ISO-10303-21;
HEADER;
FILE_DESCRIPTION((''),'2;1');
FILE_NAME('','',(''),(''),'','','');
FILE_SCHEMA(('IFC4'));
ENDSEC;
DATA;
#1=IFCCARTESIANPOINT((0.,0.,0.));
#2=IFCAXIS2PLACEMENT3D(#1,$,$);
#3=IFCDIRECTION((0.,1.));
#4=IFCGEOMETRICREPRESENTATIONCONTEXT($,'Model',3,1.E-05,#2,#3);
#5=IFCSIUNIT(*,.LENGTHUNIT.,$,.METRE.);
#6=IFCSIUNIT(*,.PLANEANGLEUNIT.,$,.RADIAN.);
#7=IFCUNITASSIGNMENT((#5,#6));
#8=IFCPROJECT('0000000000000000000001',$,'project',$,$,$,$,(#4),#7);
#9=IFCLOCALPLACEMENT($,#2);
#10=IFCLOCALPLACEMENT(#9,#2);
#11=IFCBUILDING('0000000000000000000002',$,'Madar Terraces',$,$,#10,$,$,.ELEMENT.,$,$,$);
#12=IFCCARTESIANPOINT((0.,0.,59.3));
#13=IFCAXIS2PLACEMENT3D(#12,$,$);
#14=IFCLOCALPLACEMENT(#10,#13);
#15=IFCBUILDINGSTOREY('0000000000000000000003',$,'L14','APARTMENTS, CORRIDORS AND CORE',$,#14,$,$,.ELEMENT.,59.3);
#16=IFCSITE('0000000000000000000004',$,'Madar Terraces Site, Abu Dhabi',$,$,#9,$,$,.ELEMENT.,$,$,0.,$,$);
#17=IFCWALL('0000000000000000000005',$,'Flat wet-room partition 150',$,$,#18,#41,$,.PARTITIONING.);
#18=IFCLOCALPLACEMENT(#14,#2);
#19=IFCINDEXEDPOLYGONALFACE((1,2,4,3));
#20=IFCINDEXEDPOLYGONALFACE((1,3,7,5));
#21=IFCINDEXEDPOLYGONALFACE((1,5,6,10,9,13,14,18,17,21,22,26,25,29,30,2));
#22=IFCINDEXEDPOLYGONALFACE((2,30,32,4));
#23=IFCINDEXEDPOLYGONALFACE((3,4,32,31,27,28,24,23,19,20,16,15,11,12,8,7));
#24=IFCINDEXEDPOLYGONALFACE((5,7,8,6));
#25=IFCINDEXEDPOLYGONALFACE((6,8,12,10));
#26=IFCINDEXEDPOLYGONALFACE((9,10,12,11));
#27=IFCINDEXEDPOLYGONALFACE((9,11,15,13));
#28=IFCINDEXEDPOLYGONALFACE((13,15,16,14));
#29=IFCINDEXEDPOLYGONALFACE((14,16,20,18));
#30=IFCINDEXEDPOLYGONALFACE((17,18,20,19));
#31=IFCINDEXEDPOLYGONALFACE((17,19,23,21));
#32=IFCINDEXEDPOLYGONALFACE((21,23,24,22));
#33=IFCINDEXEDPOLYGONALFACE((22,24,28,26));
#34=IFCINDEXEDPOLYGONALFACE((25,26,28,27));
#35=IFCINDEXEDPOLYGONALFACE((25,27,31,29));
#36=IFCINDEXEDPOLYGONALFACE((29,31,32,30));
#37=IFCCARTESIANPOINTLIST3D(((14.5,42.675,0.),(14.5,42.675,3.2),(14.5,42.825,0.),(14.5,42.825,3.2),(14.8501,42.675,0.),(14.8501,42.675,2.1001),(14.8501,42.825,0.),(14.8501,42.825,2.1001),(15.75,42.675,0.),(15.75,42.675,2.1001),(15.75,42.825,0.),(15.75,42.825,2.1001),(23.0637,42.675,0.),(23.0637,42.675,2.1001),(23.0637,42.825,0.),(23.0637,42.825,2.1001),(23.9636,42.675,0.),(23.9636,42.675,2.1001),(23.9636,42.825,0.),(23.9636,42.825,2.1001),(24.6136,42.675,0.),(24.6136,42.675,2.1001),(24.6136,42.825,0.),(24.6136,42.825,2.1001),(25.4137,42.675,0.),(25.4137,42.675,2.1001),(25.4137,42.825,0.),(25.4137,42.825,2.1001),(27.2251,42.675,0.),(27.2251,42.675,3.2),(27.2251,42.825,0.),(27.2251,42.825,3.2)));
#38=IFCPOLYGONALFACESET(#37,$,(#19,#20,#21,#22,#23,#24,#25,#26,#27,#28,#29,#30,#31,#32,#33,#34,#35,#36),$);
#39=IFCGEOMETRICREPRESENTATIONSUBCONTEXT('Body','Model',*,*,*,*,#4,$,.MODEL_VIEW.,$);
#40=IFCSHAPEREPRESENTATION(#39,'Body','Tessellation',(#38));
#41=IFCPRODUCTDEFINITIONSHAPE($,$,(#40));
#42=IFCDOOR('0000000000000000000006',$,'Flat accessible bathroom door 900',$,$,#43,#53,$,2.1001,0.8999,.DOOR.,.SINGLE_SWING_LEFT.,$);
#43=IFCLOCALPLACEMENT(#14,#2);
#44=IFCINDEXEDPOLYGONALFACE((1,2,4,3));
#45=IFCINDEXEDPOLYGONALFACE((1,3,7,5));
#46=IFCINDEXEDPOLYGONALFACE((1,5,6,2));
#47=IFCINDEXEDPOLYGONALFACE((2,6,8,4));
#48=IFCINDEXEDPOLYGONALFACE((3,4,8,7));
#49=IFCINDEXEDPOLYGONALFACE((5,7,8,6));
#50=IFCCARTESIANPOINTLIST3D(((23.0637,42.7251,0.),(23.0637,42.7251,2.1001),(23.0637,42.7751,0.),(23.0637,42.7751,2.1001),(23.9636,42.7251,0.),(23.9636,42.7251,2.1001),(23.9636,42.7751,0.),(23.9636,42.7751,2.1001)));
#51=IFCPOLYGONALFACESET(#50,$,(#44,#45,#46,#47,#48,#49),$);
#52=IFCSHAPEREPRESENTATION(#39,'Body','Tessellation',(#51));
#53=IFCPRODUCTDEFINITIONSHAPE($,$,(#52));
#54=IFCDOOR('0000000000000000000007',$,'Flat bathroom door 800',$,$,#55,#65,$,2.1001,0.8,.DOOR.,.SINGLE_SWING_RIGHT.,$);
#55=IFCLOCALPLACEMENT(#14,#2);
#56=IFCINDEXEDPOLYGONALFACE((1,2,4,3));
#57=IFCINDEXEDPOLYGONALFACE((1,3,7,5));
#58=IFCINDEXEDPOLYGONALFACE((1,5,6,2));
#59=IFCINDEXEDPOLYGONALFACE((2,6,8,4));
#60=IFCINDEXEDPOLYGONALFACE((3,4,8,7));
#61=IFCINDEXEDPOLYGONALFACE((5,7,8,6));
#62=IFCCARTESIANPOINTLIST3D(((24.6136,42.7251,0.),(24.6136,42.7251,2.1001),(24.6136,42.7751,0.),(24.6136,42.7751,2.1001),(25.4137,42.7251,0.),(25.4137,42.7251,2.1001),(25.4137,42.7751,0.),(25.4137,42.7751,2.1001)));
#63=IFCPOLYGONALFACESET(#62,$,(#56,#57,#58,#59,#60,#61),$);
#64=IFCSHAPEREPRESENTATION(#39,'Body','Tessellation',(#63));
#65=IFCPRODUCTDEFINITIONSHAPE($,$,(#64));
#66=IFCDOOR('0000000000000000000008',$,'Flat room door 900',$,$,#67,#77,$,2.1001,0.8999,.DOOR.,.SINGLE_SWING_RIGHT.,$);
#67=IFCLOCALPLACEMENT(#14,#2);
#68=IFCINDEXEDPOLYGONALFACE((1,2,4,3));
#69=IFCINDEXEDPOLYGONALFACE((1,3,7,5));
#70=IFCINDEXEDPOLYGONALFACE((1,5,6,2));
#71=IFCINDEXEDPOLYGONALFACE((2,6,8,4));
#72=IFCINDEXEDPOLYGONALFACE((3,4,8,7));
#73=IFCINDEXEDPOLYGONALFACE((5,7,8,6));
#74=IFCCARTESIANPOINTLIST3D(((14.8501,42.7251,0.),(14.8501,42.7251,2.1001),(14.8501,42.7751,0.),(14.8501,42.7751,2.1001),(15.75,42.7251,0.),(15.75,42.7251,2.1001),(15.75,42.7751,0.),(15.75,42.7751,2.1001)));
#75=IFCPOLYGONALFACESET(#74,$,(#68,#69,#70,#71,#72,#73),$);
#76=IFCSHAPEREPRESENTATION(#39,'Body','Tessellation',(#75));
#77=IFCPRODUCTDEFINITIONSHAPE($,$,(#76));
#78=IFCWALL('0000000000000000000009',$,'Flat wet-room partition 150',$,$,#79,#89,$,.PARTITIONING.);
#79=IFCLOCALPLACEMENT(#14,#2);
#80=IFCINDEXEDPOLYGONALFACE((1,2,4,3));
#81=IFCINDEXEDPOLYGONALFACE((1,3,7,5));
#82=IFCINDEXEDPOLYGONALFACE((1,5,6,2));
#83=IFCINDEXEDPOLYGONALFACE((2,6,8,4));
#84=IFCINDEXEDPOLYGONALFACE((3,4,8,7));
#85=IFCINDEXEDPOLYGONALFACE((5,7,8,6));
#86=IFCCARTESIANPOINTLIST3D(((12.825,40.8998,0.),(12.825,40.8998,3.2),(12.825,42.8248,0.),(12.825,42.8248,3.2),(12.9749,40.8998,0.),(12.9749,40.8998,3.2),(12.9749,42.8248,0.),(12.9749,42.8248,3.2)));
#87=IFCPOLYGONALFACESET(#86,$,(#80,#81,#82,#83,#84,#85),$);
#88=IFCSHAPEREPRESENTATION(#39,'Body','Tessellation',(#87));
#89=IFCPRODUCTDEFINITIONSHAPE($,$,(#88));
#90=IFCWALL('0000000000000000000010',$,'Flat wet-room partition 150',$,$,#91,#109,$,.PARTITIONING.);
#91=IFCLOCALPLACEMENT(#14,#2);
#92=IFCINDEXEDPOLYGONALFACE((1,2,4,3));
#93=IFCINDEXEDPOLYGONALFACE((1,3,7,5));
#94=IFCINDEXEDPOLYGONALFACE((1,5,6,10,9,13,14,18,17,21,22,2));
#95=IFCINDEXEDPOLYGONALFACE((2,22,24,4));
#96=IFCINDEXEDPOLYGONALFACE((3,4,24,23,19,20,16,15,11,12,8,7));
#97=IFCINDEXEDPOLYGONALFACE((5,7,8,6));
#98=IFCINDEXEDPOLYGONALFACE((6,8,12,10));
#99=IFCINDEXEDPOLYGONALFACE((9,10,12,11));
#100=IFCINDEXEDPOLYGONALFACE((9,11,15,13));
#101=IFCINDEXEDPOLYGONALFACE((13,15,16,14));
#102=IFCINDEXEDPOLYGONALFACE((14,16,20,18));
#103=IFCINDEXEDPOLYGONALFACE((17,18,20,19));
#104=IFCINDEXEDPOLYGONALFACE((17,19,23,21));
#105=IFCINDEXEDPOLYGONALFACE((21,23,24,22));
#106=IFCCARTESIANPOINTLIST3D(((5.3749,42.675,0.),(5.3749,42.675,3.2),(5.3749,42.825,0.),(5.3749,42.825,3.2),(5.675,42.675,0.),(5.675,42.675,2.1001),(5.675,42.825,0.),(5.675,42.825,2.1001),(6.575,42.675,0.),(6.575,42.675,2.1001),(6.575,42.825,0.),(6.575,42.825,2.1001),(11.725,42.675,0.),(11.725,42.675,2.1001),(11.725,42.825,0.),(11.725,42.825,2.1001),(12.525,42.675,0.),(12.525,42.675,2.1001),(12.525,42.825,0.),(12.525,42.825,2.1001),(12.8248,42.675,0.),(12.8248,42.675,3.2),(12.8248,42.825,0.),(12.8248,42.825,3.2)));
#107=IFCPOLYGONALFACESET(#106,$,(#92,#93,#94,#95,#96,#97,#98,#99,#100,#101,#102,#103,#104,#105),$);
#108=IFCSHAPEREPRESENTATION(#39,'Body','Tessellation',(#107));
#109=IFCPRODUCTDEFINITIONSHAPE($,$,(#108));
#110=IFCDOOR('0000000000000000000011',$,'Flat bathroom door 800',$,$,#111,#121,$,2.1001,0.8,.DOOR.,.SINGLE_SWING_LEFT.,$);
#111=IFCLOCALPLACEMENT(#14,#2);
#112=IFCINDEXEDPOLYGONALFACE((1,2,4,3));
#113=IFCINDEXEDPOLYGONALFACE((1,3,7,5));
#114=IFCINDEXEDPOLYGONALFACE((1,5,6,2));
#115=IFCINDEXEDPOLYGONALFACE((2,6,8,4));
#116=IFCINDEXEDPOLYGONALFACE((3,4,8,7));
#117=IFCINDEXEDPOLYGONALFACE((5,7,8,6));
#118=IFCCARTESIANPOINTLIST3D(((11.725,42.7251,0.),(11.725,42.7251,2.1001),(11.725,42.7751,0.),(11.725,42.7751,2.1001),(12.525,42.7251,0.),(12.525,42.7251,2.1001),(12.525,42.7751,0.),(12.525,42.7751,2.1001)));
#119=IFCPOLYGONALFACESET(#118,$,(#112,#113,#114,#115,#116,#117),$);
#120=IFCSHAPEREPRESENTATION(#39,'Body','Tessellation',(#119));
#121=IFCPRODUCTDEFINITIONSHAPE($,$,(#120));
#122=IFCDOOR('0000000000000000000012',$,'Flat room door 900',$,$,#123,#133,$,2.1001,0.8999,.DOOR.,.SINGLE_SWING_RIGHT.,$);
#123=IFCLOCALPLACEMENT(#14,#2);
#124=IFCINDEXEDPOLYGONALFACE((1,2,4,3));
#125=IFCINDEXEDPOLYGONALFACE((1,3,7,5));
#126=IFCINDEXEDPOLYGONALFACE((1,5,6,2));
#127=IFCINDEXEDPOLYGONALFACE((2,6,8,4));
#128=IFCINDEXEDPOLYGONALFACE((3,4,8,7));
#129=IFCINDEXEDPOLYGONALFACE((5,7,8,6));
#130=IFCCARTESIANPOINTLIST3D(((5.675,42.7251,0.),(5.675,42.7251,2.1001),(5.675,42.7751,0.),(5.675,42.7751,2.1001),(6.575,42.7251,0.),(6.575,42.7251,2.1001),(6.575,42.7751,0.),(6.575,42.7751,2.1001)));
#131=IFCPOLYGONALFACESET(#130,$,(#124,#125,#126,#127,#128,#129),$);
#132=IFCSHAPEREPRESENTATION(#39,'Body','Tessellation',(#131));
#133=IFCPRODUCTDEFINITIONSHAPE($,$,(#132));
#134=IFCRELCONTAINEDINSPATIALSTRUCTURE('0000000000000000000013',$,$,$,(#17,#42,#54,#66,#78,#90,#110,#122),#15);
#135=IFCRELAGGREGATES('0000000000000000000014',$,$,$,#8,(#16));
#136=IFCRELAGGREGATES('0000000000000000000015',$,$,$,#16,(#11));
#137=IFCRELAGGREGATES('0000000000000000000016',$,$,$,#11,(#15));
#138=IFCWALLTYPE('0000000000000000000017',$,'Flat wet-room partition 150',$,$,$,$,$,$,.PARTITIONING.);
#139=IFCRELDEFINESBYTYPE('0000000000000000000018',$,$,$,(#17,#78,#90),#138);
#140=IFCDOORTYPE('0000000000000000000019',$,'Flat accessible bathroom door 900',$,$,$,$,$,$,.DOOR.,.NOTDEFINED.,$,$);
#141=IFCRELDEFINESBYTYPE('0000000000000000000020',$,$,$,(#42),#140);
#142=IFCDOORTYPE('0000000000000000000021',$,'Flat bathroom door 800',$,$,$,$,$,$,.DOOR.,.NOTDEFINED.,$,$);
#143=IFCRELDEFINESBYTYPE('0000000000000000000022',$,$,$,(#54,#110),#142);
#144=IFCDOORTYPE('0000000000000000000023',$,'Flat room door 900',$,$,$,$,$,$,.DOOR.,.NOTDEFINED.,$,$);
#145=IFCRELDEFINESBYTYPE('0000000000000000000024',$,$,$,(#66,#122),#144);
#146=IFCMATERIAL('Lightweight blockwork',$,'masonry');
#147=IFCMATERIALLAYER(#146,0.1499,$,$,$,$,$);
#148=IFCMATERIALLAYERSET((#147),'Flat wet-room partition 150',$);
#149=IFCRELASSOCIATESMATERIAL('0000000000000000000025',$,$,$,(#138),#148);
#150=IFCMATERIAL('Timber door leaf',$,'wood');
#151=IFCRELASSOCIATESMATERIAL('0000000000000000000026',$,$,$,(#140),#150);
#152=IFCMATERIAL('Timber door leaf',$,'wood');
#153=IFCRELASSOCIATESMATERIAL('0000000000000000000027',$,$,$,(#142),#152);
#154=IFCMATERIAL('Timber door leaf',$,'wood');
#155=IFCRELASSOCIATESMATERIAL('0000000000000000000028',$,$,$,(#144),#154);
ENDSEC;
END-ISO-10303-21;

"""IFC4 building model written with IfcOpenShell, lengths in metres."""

from ifc_helpers import new_model, si_unit, direction, frame, frame_2d, origin, place, context, subcontext, project, spatial, rectangle, extrude, material, layer, layer_set, type_object, element, fill, save


model = new_model("IFC4")

# Units and contexts
model_context = context("Model", 3, precision=1e-05, world=origin(), true_north=direction((0.0, 1.0)))
body_context = subcontext(model_context, "Body", "Model", "MODEL_VIEW")
ifc_project = project(units=[si_unit("LENGTHUNIT", "METRE"), si_unit("PLANEANGLEUNIT", "RADIAN")], contexts=[model_context])

# Site, building, storey
site_placement = place(None, origin())
site = spatial("IfcSite", under=ifc_project, at=site_placement, Name="Madar Terraces Site, Abu Dhabi", CompositionType="ELEMENT", RefElevation=0.0)
building_placement = place(site_placement, origin())
building = spatial("IfcBuilding", under=site, at=building_placement, Name="Madar Terraces", CompositionType="ELEMENT")
storey_placement = place(building_placement, frame((0.0, 0.0, 59.3)))
storey = spatial("IfcBuildingStorey", under=building, at=storey_placement, Name="L14", Description="APARTMENTS, CORRIDORS AND CORE", CompositionType="ELEMENT", Elevation=59.3)

# Shared definitions
ifc_material_1 = material(Name="Lightweight blockwork", Category="masonry")
ifc_layer_1 = layer(ifc_material_1, 0.1499)
ifc_layer_set_1 = layer_set([ifc_layer_1], Name="Flat wet-room partition 150")
wall_type_1 = type_object("IfcWallType", Name="Flat wet-room partition 150", PredefinedType="PARTITIONING", material=ifc_layer_set_1)

# Wall, openings, doors
wall_1_placement = place(storey_placement, frame((27.2251, 42.75, 0.0), z_axis=(0.0, 0.0, 1.0), x_axis=(-1.0, 0.0, 0.0)))
wall_1 = element("IfcWall", 1, at=wall_1_placement, inside=storey, type_object=wall_type_1, Name="Flat wet-room partition 150", PredefinedType="PARTITIONING", context=body_context, shape_type="SweptSolid", body=[
    extrude(rectangle(XDim=12.7251, YDim=0.1499, at=frame_2d((6.3625, 0.0))), origin(), (0.0, 0.0, 1.0), 3.2),
])
opening_1_placement = place(wall_1_placement, frame((1.8115, 0.0, 0.0)))
opening_1 = element("IfcOpeningElement", 2, at=opening_1_placement, cuts=wall_1, PredefinedType="OPENING", context=body_context, shape_type="SweptSolid", body=[
    extrude(rectangle(XDim=0.8, YDim=2.1001, at=frame_2d((0.3999, 1.05))), frame((0.0, 0.085, 0.0), z_axis=(0.0, -1.0, 0.0), x_axis=(1.0, 0.0, 0.0)), (0.0, 0.0, 1.0), 0.1699),
])
opening_2_placement = place(wall_1_placement, frame((3.2615, 0.0, 0.0)))
opening_2 = element("IfcOpeningElement", 3, at=opening_2_placement, cuts=wall_1, PredefinedType="OPENING", context=body_context, shape_type="SweptSolid", body=[
    extrude(rectangle(XDim=0.8999, YDim=2.1001, at=frame_2d((0.45, 1.05))), frame((0.0, 0.085, 0.0), z_axis=(0.0, -1.0, 0.0), x_axis=(1.0, 0.0, 0.0)), (0.0, 0.0, 1.0), 0.1699),
])
opening_3_placement = place(wall_1_placement, frame((11.4751, 0.0, 0.0)))
opening_3 = element("IfcOpeningElement", 4, at=opening_3_placement, cuts=wall_1, PredefinedType="OPENING", context=body_context, shape_type="SweptSolid", body=[
    extrude(rectangle(XDim=0.8999, YDim=2.1001, at=frame_2d((0.45, 1.05))), frame((0.0, 0.085, 0.0), z_axis=(0.0, -1.0, 0.0), x_axis=(1.0, 0.0, 0.0)), (0.0, 0.0, 1.0), 0.1699),
])
ifc_material_2 = material(Name="Timber door leaf", Category="wood")
door_type_1 = type_object("IfcDoorType", Name="Flat accessible bathroom door 900", OperationType="NOTDEFINED", PredefinedType="DOOR", material=ifc_material_2)
door_1_placement = place(opening_2_placement, origin())
door_1 = element("IfcDoor", 5, at=door_1_placement, inside=storey, type_object=door_type_1, Name="Flat accessible bathroom door 900", OperationType="SINGLE_SWING_LEFT", OverallHeight=2.1001, OverallWidth=0.8999, PredefinedType="DOOR", context=body_context, shape_type="SweptSolid", body=[
    extrude(rectangle(XDim=0.8999, YDim=2.1001, at=frame_2d((0.45, 1.05))), frame((0.0, 0.0249, 0.0), z_axis=(0.0, -1.0, 0.0), x_axis=(1.0, 0.0, 0.0)), (0.0, 0.0, 1.0), 0.05),
])
fill(opening_2, door_1)
ifc_material_3 = material(Name="Timber door leaf", Category="wood")
door_type_2 = type_object("IfcDoorType", Name="Flat bathroom door 800", OperationType="NOTDEFINED", PredefinedType="DOOR", material=ifc_material_3)
door_2_placement = place(opening_1_placement, origin())
door_2 = element("IfcDoor", 6, at=door_2_placement, inside=storey, type_object=door_type_2, Name="Flat bathroom door 800", OperationType="SINGLE_SWING_RIGHT", OverallHeight=2.1001, OverallWidth=0.8, PredefinedType="DOOR", context=body_context, shape_type="SweptSolid", body=[
    extrude(rectangle(XDim=0.8, YDim=2.1001, at=frame_2d((0.3999, 1.05))), frame((0.0, 0.0249, 0.0), z_axis=(0.0, -1.0, 0.0), x_axis=(1.0, 0.0, 0.0)), (0.0, 0.0, 1.0), 0.05),
])
fill(opening_1, door_2)
ifc_material_4 = material(Name="Timber door leaf", Category="wood")
door_type_3 = type_object("IfcDoorType", Name="Flat room door 900", OperationType="NOTDEFINED", PredefinedType="DOOR", material=ifc_material_4)
door_3_placement = place(opening_3_placement, origin())
door_3 = element("IfcDoor", 7, at=door_3_placement, inside=storey, type_object=door_type_3, Name="Flat room door 900", OperationType="SINGLE_SWING_RIGHT", OverallHeight=2.1001, OverallWidth=0.8999, PredefinedType="DOOR", context=body_context, shape_type="SweptSolid", body=[
    extrude(rectangle(XDim=0.8999, YDim=2.1001, at=frame_2d((0.45, 1.05))), frame((0.0, 0.0249, 0.0), z_axis=(0.0, -1.0, 0.0), x_axis=(1.0, 0.0, 0.0)), (0.0, 0.0, 1.0), 0.05),
])
fill(opening_3, door_3)

# Wall
wall_2_placement = place(storey_placement, frame((12.8999, 40.8999, 0.0), z_axis=(0.0, 0.0, 1.0), x_axis=(0.0, 1.0, 0.0)))
element("IfcWall", 8, at=wall_2_placement, inside=storey, type_object=wall_type_1, Name="Flat wet-room partition 150", PredefinedType="PARTITIONING", context=body_context, shape_type="SweptSolid", body=[
    extrude(rectangle(XDim=1.925, YDim=0.1499, at=frame_2d((0.9624, 0.0))), origin(), (0.0, 0.0, 1.0), 3.2),
])

# Wall, openings, doors
wall_3_placement = place(storey_placement, frame((12.825, 42.75, 0.0), z_axis=(0.0, 0.0, 1.0), x_axis=(-1.0, 0.0, 0.0)))
wall_3 = element("IfcWall", 9, at=wall_3_placement, inside=storey, type_object=wall_type_1, Name="Flat wet-room partition 150", PredefinedType="PARTITIONING", context=body_context, shape_type="SweptSolid", body=[
    extrude(rectangle(XDim=7.45, YDim=0.1499, at=frame_2d((3.7251, 0.0))), origin(), (0.0, 0.0, 1.0), 3.2),
])
opening_4_placement = place(wall_3_placement, frame((0.3, 0.0, 0.0)))
opening_4 = element("IfcOpeningElement", 10, at=opening_4_placement, cuts=wall_3, PredefinedType="OPENING", context=body_context, shape_type="SweptSolid", body=[
    extrude(rectangle(XDim=0.8, YDim=2.1001, at=frame_2d((0.3999, 1.05))), frame((0.0, 0.085, 0.0), z_axis=(0.0, -1.0, 0.0), x_axis=(1.0, 0.0, 0.0)), (0.0, 0.0, 1.0), 0.1699),
])
opening_5_placement = place(wall_3_placement, frame((6.25, 0.0, 0.0)))
opening_5 = element("IfcOpeningElement", 11, at=opening_5_placement, cuts=wall_3, PredefinedType="OPENING", context=body_context, shape_type="SweptSolid", body=[
    extrude(rectangle(XDim=0.8999, YDim=2.1001, at=frame_2d((0.45, 1.05))), frame((0.0, 0.085, 0.0), z_axis=(0.0, -1.0, 0.0), x_axis=(1.0, 0.0, 0.0)), (0.0, 0.0, 1.0), 0.1699),
])
door_4_placement = place(opening_4_placement, origin())
door_4 = element("IfcDoor", 12, at=door_4_placement, inside=storey, type_object=door_type_2, Name="Flat bathroom door 800", OperationType="SINGLE_SWING_LEFT", OverallHeight=2.1001, OverallWidth=0.8, PredefinedType="DOOR", context=body_context, shape_type="SweptSolid", body=[
    extrude(rectangle(XDim=0.8, YDim=2.1001, at=frame_2d((0.3999, 1.05))), frame((0.0, 0.0249, 0.0), z_axis=(0.0, -1.0, 0.0), x_axis=(1.0, 0.0, 0.0)), (0.0, 0.0, 1.0), 0.05),
])
fill(opening_4, door_4)
door_5_placement = place(opening_5_placement, origin())
door_5 = element("IfcDoor", 13, at=door_5_placement, inside=storey, type_object=door_type_3, Name="Flat room door 900", OperationType="SINGLE_SWING_RIGHT", OverallHeight=2.1001, OverallWidth=0.8999, PredefinedType="DOOR", context=body_context, shape_type="SweptSolid", body=[
    extrude(rectangle(XDim=0.8999, YDim=2.1001, at=frame_2d((0.45, 1.05))), frame((0.0, 0.0249, 0.0), z_axis=(0.0, -1.0, 0.0), x_axis=(1.0, 0.0, 0.0)), (0.0, 0.0, 1.0), 0.05),
])
fill(opening_5, door_5)

save(model, "model.ifc")
